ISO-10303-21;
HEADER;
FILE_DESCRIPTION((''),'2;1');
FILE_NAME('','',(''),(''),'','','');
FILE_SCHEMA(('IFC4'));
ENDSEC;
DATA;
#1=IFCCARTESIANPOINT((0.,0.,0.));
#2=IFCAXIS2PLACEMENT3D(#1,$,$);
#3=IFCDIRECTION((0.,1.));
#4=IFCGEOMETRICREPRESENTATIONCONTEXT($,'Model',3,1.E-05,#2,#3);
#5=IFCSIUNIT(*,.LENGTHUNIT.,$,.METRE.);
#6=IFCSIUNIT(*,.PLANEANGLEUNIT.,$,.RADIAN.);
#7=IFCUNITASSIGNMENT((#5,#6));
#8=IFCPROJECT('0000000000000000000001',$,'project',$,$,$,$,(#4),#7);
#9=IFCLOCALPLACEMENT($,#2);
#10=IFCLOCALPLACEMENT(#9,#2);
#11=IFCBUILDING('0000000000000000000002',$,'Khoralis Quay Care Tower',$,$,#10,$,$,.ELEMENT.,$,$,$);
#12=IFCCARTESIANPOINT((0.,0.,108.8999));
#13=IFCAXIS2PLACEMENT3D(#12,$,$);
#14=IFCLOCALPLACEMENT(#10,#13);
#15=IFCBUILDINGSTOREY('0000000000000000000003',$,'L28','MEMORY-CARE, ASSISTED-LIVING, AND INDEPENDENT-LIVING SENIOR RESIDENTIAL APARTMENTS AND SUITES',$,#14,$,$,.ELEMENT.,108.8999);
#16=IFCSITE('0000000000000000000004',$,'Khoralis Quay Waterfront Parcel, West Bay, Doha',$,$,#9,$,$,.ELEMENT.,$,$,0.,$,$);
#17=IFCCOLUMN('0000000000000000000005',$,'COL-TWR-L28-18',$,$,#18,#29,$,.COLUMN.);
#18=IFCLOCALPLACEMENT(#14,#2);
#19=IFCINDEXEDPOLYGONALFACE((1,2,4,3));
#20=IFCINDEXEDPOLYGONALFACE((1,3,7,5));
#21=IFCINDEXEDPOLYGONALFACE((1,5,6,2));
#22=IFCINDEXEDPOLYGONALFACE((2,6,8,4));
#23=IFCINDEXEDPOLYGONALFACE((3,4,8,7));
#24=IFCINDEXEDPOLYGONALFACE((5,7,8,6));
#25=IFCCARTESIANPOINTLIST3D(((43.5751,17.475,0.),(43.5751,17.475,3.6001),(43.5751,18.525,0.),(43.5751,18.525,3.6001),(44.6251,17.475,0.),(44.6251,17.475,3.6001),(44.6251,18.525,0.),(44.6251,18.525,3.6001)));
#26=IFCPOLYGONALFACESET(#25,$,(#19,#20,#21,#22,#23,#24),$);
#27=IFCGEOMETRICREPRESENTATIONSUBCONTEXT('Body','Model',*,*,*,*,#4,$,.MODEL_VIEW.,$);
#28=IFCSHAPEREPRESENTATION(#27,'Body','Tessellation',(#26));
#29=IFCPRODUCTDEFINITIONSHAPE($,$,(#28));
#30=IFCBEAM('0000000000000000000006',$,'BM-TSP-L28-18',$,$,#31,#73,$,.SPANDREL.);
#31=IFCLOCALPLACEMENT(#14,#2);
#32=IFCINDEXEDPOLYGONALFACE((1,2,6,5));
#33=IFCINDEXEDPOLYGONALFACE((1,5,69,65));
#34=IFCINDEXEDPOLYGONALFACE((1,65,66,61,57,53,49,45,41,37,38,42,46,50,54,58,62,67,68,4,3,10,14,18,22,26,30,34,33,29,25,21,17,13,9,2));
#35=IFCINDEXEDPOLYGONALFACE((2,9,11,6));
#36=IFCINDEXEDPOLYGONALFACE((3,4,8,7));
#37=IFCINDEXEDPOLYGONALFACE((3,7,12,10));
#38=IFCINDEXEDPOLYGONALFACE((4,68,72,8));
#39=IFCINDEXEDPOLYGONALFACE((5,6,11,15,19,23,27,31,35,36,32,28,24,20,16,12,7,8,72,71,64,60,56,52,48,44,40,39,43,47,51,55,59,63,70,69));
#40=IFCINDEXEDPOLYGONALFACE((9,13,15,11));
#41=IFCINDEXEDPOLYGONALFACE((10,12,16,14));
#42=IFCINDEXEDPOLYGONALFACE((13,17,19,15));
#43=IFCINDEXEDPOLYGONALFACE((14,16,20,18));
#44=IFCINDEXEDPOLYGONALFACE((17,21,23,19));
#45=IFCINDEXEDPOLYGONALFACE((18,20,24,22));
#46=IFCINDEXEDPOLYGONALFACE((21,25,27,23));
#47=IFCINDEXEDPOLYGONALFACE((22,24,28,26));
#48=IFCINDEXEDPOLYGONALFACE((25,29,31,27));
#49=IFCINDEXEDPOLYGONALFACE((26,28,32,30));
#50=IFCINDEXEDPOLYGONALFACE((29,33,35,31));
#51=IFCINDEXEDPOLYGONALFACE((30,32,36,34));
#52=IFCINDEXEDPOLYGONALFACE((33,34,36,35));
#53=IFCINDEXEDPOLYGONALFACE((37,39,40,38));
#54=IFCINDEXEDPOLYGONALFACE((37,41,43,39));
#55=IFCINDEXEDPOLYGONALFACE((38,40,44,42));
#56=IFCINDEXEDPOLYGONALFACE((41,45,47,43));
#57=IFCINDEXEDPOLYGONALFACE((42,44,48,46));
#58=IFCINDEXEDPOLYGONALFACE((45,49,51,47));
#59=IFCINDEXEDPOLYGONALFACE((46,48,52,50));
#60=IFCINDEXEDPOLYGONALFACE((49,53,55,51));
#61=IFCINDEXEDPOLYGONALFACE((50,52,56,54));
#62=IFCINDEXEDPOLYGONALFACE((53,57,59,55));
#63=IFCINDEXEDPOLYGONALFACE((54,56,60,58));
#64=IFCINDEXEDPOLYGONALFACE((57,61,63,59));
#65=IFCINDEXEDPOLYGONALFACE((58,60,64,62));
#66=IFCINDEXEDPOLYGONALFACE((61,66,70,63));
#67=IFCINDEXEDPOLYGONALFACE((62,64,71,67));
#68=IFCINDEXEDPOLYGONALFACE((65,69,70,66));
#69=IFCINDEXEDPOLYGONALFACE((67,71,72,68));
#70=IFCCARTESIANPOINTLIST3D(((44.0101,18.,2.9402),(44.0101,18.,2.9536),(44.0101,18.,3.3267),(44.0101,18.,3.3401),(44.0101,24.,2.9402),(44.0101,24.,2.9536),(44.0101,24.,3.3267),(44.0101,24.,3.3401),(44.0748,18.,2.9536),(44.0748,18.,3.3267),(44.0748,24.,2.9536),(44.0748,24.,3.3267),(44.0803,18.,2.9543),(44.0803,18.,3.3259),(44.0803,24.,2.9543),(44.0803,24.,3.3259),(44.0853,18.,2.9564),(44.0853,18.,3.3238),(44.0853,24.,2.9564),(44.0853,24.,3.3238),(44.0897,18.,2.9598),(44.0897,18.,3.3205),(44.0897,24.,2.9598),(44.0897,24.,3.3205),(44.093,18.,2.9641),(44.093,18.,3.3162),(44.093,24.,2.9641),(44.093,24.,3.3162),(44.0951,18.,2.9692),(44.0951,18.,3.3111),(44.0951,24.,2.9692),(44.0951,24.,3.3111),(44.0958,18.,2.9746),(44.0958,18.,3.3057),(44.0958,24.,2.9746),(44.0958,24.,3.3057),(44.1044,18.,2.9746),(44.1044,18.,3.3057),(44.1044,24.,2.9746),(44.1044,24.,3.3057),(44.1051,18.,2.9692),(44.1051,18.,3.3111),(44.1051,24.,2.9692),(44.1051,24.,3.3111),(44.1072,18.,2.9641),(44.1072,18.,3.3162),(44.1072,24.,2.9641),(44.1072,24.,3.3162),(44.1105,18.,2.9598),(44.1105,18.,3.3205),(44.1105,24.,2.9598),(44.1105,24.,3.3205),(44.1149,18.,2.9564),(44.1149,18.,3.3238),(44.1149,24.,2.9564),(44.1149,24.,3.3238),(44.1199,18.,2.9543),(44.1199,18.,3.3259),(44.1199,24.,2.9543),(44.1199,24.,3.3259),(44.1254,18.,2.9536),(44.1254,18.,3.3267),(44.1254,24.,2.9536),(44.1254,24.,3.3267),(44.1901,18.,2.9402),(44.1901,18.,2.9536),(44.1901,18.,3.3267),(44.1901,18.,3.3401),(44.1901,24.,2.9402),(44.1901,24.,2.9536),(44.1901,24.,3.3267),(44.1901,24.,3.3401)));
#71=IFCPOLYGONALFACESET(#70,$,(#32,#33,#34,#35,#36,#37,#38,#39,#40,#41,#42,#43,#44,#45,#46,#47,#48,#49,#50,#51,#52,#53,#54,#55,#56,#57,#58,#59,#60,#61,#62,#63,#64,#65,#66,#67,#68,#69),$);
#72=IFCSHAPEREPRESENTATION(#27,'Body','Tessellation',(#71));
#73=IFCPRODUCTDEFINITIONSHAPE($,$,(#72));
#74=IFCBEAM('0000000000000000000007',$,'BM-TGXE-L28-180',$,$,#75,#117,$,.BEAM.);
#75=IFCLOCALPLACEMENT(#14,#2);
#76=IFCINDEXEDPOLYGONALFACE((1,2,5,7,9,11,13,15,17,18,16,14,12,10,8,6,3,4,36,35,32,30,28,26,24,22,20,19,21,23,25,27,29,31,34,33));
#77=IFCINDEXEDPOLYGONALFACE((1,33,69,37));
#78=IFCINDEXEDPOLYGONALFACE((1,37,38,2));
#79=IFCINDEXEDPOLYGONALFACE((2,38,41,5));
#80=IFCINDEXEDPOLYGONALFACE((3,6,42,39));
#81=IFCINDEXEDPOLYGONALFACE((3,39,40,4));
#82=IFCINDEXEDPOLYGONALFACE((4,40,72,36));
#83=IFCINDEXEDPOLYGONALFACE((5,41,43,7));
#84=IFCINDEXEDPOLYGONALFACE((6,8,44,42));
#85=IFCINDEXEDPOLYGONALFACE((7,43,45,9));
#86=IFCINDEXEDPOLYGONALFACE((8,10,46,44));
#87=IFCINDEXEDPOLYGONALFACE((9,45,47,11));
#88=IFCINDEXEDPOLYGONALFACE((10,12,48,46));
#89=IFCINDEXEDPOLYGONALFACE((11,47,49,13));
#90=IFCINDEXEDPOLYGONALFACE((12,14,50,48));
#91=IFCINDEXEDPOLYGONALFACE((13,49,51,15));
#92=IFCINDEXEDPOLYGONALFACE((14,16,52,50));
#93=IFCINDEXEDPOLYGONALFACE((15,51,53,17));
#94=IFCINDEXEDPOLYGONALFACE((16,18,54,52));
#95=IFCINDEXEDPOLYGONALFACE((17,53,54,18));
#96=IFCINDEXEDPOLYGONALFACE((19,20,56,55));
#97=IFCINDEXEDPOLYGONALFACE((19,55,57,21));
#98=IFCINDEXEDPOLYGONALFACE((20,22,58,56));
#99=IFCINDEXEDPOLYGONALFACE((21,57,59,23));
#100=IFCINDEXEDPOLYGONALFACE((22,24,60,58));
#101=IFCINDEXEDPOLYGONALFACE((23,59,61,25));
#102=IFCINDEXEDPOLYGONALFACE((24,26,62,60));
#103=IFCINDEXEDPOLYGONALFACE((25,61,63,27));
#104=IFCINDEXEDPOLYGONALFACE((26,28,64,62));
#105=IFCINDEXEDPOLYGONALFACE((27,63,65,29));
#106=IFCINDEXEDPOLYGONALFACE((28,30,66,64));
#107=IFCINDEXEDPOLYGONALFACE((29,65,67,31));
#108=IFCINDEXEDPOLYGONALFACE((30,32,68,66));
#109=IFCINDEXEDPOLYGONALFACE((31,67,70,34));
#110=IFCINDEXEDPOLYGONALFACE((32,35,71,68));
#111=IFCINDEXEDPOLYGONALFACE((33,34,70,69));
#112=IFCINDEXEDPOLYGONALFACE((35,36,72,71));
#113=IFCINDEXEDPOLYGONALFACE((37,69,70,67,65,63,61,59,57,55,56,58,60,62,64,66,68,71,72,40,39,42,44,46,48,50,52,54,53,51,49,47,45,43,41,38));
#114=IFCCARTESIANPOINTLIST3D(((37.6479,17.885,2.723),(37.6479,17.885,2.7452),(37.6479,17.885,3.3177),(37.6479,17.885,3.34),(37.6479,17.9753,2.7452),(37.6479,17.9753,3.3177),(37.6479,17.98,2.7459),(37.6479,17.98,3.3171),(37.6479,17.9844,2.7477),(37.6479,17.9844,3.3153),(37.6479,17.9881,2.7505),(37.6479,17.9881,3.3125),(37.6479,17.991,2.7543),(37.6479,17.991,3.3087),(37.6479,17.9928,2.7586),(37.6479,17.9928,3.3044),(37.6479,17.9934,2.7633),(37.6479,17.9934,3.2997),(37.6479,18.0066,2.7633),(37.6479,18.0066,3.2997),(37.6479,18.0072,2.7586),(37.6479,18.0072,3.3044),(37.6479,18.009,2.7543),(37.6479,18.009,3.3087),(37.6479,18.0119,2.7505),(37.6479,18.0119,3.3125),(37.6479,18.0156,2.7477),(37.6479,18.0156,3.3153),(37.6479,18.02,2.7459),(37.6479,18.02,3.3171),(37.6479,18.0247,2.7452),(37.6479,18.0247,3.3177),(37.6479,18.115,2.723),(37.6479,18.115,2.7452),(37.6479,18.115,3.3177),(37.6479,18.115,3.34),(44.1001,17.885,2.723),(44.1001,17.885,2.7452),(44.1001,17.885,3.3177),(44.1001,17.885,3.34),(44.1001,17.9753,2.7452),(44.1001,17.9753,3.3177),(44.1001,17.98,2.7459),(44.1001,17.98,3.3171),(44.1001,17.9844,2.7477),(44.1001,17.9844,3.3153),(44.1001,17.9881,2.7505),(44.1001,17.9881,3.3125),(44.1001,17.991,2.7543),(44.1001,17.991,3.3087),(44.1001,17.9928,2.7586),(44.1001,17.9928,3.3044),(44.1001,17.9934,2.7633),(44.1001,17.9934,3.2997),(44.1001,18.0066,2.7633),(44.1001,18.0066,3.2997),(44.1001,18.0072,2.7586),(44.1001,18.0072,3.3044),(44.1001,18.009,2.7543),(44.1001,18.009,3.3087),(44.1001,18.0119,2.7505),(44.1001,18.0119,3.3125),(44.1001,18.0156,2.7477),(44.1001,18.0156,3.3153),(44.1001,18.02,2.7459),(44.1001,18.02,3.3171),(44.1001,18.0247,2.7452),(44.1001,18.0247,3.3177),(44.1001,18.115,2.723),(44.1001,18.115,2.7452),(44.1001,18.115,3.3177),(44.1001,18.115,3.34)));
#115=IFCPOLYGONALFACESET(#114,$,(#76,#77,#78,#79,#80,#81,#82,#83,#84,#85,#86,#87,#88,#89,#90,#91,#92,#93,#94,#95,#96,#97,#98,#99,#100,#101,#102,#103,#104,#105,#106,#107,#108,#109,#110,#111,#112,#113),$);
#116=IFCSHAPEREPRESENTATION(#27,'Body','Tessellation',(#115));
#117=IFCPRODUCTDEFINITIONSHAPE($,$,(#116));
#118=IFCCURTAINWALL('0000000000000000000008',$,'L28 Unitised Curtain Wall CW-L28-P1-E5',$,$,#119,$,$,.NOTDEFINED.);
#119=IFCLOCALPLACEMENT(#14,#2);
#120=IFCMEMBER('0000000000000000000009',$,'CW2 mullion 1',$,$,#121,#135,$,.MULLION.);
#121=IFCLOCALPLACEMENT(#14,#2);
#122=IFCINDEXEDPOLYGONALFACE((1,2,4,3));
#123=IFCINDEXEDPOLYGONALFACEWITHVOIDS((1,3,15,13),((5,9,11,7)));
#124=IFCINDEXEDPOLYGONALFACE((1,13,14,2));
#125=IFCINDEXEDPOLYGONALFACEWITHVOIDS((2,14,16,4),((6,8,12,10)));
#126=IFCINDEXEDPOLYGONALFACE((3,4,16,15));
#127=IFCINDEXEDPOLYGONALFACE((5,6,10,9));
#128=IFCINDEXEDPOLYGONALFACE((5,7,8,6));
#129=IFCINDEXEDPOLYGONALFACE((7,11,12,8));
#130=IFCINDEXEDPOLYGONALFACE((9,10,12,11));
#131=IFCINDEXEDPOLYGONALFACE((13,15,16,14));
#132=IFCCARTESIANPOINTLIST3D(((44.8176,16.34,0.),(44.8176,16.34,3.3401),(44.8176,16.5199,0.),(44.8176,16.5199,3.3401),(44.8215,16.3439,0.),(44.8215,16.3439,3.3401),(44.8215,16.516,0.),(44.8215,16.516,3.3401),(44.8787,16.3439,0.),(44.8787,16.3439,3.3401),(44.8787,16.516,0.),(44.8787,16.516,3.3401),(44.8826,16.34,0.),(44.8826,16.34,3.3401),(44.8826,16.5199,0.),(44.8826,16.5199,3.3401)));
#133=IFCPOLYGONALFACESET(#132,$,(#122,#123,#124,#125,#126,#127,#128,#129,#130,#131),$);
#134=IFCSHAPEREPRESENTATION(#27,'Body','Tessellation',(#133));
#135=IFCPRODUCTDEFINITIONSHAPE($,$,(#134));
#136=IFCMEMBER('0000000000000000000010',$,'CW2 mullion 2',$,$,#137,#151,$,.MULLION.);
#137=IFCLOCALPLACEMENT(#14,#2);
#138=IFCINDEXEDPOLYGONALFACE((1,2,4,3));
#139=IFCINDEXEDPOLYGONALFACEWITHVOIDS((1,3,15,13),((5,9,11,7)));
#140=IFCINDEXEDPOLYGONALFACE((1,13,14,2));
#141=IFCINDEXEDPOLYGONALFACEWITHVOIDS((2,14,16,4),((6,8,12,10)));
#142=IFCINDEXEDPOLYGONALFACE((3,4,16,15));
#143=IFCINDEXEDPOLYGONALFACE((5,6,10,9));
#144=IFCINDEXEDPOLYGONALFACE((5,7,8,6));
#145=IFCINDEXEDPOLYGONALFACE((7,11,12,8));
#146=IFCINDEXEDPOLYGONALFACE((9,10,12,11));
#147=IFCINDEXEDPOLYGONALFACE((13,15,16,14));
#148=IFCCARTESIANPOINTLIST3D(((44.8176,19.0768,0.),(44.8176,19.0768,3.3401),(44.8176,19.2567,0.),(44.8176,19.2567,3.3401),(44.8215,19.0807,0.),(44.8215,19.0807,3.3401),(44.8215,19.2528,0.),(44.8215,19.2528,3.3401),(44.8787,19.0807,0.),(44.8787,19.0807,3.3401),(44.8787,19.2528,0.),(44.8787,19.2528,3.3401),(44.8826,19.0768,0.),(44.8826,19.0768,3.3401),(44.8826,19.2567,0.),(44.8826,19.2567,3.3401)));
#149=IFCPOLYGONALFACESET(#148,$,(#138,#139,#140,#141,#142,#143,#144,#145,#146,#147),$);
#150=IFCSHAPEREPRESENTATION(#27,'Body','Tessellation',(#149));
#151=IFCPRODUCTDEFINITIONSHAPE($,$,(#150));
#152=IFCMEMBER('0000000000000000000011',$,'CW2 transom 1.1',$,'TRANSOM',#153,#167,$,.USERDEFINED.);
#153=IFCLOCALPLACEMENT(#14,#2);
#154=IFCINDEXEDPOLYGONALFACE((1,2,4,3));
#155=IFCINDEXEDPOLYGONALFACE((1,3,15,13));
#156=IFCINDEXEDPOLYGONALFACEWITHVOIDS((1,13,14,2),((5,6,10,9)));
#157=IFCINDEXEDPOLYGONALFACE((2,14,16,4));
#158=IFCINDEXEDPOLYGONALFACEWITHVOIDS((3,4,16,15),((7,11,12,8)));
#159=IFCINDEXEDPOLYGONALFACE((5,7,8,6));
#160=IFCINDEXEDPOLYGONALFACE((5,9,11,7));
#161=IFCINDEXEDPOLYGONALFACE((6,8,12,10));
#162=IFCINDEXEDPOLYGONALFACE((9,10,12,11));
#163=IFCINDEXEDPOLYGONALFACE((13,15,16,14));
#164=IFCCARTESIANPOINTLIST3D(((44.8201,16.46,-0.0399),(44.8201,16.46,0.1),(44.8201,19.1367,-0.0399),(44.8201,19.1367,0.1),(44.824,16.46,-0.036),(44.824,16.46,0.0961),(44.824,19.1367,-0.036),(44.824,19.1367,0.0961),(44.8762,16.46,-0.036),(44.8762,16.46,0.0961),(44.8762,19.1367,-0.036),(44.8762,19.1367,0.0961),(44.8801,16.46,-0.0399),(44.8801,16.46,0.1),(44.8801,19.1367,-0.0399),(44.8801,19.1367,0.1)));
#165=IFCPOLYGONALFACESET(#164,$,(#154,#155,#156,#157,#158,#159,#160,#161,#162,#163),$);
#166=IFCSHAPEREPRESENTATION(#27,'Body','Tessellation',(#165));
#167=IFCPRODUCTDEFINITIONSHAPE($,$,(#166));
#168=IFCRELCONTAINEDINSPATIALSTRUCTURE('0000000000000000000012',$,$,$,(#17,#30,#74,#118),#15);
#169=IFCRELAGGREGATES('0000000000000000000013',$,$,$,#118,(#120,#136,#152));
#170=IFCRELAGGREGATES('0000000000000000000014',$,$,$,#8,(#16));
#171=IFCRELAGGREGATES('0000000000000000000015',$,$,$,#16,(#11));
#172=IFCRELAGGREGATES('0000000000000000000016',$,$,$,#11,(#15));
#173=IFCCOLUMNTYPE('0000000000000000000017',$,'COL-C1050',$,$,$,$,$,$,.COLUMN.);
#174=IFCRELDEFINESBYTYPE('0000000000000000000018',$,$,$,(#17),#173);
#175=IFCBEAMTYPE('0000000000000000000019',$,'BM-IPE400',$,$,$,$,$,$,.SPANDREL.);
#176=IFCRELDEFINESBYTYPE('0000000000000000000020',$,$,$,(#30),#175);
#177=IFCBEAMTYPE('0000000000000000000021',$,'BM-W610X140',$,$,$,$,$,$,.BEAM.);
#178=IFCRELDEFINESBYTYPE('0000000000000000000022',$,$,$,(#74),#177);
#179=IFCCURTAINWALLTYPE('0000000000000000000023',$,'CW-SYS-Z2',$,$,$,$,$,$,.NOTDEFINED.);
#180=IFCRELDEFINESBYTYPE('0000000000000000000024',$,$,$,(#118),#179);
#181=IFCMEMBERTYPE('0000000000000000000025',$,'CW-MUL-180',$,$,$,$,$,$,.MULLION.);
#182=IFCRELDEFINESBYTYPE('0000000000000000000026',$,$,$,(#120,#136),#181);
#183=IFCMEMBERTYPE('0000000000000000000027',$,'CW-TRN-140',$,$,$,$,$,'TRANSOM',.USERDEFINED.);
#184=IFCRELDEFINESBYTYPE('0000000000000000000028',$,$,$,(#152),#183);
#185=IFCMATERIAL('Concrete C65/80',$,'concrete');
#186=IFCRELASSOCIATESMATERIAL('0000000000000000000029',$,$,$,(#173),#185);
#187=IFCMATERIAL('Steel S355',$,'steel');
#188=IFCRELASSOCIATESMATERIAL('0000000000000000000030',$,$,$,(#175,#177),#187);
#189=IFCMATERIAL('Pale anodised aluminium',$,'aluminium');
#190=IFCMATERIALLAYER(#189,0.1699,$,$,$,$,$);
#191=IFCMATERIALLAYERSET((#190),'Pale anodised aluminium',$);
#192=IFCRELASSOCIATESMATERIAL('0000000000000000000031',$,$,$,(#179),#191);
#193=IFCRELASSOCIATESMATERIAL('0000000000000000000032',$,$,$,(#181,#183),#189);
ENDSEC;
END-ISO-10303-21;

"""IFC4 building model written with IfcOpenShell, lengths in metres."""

from ifc_helpers import new_model, si_unit, direction, frame, origin, origin_2d, place, context, subcontext, project, spatial, rectangle, hollow_rectangle, i_section, extrude, source, transform, mapped, material, layer, layer_set, material_profile, profile_set, type_object, element, aggregate, save


model = new_model("IFC4")

# Units and contexts
model_context = context("Model", 3, precision=1e-05, world=origin(), true_north=direction((0.0, 1.0)))
body_context = subcontext(model_context, "Body", "Model", "MODEL_VIEW")
ifc_project = project(units=[si_unit("LENGTHUNIT", "METRE"), si_unit("PLANEANGLEUNIT", "RADIAN")], contexts=[model_context])

# Site, building, storey
site_placement = place(None, origin())
site = spatial("IfcSite", under=ifc_project, at=site_placement, Name="Khoralis Quay Waterfront Parcel, West Bay, Doha", CompositionType="ELEMENT", RefElevation=0.0)
building_placement = place(site_placement, origin())
building = spatial("IfcBuilding", under=site, at=building_placement, Name="Khoralis Quay Care Tower", CompositionType="ELEMENT")
storey_placement = place(building_placement, frame((0.0, 0.0, 108.8999)))
storey = spatial("IfcBuildingStorey", under=building, at=storey_placement, Name="L28", Description="MEMORY-CARE, ASSISTED-LIVING, AND INDEPENDENT-LIVING SENIOR RESIDENTIAL APARTMENTS AND SUITES", CompositionType="ELEMENT", Elevation=108.8999)

# Column
ifc_material_1 = material(Name="Concrete C65/80", Category="concrete")
ifc_material_profile_1 = material_profile(ifc_material_1, rectangle(XDim=1.05, YDim=1.05, at=origin_2d()), Name="Concrete C65/80")
ifc_profile_set_1 = profile_set([ifc_material_profile_1], Name="Concrete C65/80")
column_type = type_object("IfcColumnType", Name="COL-C1050", PredefinedType="COLUMN", material=ifc_profile_set_1)
shared_shape_1 = source(origin(), body_context, "Body", "SweptSolid", [
    extrude(rectangle(XDim=1.05, YDim=1.05, at=origin_2d()), origin(), (0.0, 0.0, 1.0), 3.6001),
])
column_placement = place(storey_placement, frame((44.1001, 18.0, 0.0), z_axis=(0.0, 0.0, 1.0), x_axis=(1.0, 0.0, 0.0)))
element("IfcColumn", 1, at=column_placement, inside=storey, type_object=column_type, Name="COL-TWR-L28-18", PredefinedType="COLUMN", context=body_context, shape_type="MappedRepresentation", body=[
    mapped(shared_shape_1, transform((0.0, 0.0, 0.0), scale=1.0)),
])

# Beams
ifc_material_2 = material(Name="Steel S355", Category="steel")
ifc_material_profile_2 = material_profile(ifc_material_2, i_section(OverallWidth=0.1799, OverallDepth=0.3999, WebThickness=0.0085, FlangeThickness=0.0134, FilletRadius=0.021, at=origin_2d()), Name="Steel S355")
ifc_profile_set_2 = profile_set([ifc_material_profile_2], Name="Steel S355")
beam_type_1 = type_object("IfcBeamType", Name="BM-IPE400", PredefinedType="SPANDREL", material=ifc_profile_set_2)
shared_shape_2 = source(origin(), body_context, "Body", "SweptSolid", [
    extrude(i_section(OverallWidth=0.1799, OverallDepth=0.3999, WebThickness=0.0085, FlangeThickness=0.0134, FilletRadius=0.021, at=origin_2d()), origin(), (0.0, 0.0, 1.0), 6.0),
])
beam_1_placement = place(storey_placement, frame((44.1001, 18.0, 3.1401), z_axis=(0.0, 1.0, 0.0), x_axis=(-1.0, 0.0, 0.0)))
element("IfcBeam", 2, at=beam_1_placement, inside=storey, type_object=beam_type_1, Name="BM-TSP-L28-18", PredefinedType="SPANDREL", context=body_context, shape_type="MappedRepresentation", body=[
    mapped(shared_shape_2, transform((0.0, 0.0, 0.0), scale=1.0)),
])
ifc_material_profile_3 = material_profile(ifc_material_2, i_section(OverallWidth=0.23, OverallDepth=0.6169, WebThickness=0.0132, FlangeThickness=0.0222, FilletRadius=0.0181, at=origin_2d()), Name="Steel S355")
ifc_profile_set_3 = profile_set([ifc_material_profile_3], Name="Steel S355")
beam_type_2 = type_object("IfcBeamType", Name="BM-W610X140", PredefinedType="BEAM", material=ifc_profile_set_3)
shared_shape_3 = source(origin(), body_context, "Body", "SweptSolid", [
    extrude(i_section(OverallWidth=0.23, OverallDepth=0.6169, WebThickness=0.0132, FlangeThickness=0.0222, FilletRadius=0.0181, at=origin_2d()), origin(), (0.0, 0.0, 1.0), 6.4521),
])
beam_2_placement = place(storey_placement, frame((37.6479, 18.0, 3.0315), z_axis=(1.0, 0.0, 0.0), x_axis=(0.0, 1.0, 0.0)))
element("IfcBeam", 3, at=beam_2_placement, inside=storey, type_object=beam_type_2, Name="BM-TGXE-L28-180", PredefinedType="BEAM", context=body_context, shape_type="MappedRepresentation", body=[
    mapped(shared_shape_3, transform((0.0, 0.0, 0.0), scale=1.0)),
])

# Curtain wall, members
ifc_material_3 = material(Name="Pale anodised aluminium", Category="aluminium")
ifc_layer_1 = layer(ifc_material_3, 0.1699)
ifc_layer_set_1 = layer_set([ifc_layer_1], Name="Pale anodised aluminium")
curtain_wall_type = type_object("IfcCurtainWallType", Name="CW-SYS-Z2", PredefinedType="NOTDEFINED", material=ifc_layer_set_1)
curtain_wall_placement = place(storey_placement, origin())
curtain_wall = element("IfcCurtainWall", 4, at=curtain_wall_placement, inside=storey, type_object=curtain_wall_type, Name="L28 Unitised Curtain Wall CW-L28-P1-E5", PredefinedType="NOTDEFINED")
ifc_material_profile_4 = material_profile(ifc_material_3, hollow_rectangle(XDim=0.0649, YDim=0.1799, WallThickness=0.0039, at=origin_2d()), Name="Pale anodised aluminium")
ifc_profile_set_4 = profile_set([ifc_material_profile_4], Name="Pale anodised aluminium")
member_type_1 = type_object("IfcMemberType", Name="CW-MUL-180", PredefinedType="MULLION", material=ifc_profile_set_4)
shared_shape_4 = source(origin(), body_context, "Body", "SweptSolid", [
    extrude(hollow_rectangle(XDim=0.0649, YDim=0.1799, WallThickness=0.0039, at=origin_2d()), origin(), (0.0, 0.0, 1.0), 3.3401),
])
member_1_placement = place(storey_placement, frame((44.8501, 16.4299, 0.0), z_axis=(0.0, 0.0, 1.0), x_axis=(-1.0, 0.0, 0.0)))
member_1 = element("IfcMember", 5, at=member_1_placement, type_object=member_type_1, Name="CW2 mullion 1", PredefinedType="MULLION", context=body_context, shape_type="MappedRepresentation", body=[
    mapped(shared_shape_4, transform((0.0, 0.0, 0.0), scale=1.0)),
])
member_2_placement = place(storey_placement, frame((44.8501, 19.1667, 0.0), z_axis=(0.0, 0.0, 1.0), x_axis=(-1.0, 0.0, 0.0)))
member_2 = element("IfcMember", 6, at=member_2_placement, type_object=member_type_1, Name="CW2 mullion 2", PredefinedType="MULLION", context=body_context, shape_type="MappedRepresentation", body=[
    mapped(shared_shape_4, transform((0.0, 0.0, 0.0), scale=1.0)),
])
ifc_material_profile_5 = material_profile(ifc_material_3, hollow_rectangle(XDim=0.0601, YDim=0.1399, WallThickness=0.0039, at=origin_2d()), Name="Pale anodised aluminium")
ifc_profile_set_5 = profile_set([ifc_material_profile_5], Name="Pale anodised aluminium")
member_type_2 = type_object("IfcMemberType", Name="CW-TRN-140", ElementType="TRANSOM", PredefinedType="USERDEFINED", material=ifc_profile_set_5)
shared_shape_5 = source(origin(), body_context, "Body", "SweptSolid", [
    extrude(hollow_rectangle(XDim=0.0601, YDim=0.1399, WallThickness=0.0039, at=origin_2d()), origin(), (0.0, 0.0, 1.0), 2.6768),
])
member_3_placement = place(storey_placement, frame((44.8501, 16.46, 0.03), z_axis=(0.0, 1.0, 0.0), x_axis=(-1.0, 0.0, 0.0)))
member_3 = element("IfcMember", 7, at=member_3_placement, type_object=member_type_2, Name="CW2 transom 1.1", ObjectType="TRANSOM", PredefinedType="USERDEFINED", context=body_context, shape_type="MappedRepresentation", body=[
    mapped(shared_shape_5, transform((0.0, 0.0, 0.0), scale=1.0)),
])
aggregate(curtain_wall, [member_1, member_2, member_3])

save(model, "model.ifc")
